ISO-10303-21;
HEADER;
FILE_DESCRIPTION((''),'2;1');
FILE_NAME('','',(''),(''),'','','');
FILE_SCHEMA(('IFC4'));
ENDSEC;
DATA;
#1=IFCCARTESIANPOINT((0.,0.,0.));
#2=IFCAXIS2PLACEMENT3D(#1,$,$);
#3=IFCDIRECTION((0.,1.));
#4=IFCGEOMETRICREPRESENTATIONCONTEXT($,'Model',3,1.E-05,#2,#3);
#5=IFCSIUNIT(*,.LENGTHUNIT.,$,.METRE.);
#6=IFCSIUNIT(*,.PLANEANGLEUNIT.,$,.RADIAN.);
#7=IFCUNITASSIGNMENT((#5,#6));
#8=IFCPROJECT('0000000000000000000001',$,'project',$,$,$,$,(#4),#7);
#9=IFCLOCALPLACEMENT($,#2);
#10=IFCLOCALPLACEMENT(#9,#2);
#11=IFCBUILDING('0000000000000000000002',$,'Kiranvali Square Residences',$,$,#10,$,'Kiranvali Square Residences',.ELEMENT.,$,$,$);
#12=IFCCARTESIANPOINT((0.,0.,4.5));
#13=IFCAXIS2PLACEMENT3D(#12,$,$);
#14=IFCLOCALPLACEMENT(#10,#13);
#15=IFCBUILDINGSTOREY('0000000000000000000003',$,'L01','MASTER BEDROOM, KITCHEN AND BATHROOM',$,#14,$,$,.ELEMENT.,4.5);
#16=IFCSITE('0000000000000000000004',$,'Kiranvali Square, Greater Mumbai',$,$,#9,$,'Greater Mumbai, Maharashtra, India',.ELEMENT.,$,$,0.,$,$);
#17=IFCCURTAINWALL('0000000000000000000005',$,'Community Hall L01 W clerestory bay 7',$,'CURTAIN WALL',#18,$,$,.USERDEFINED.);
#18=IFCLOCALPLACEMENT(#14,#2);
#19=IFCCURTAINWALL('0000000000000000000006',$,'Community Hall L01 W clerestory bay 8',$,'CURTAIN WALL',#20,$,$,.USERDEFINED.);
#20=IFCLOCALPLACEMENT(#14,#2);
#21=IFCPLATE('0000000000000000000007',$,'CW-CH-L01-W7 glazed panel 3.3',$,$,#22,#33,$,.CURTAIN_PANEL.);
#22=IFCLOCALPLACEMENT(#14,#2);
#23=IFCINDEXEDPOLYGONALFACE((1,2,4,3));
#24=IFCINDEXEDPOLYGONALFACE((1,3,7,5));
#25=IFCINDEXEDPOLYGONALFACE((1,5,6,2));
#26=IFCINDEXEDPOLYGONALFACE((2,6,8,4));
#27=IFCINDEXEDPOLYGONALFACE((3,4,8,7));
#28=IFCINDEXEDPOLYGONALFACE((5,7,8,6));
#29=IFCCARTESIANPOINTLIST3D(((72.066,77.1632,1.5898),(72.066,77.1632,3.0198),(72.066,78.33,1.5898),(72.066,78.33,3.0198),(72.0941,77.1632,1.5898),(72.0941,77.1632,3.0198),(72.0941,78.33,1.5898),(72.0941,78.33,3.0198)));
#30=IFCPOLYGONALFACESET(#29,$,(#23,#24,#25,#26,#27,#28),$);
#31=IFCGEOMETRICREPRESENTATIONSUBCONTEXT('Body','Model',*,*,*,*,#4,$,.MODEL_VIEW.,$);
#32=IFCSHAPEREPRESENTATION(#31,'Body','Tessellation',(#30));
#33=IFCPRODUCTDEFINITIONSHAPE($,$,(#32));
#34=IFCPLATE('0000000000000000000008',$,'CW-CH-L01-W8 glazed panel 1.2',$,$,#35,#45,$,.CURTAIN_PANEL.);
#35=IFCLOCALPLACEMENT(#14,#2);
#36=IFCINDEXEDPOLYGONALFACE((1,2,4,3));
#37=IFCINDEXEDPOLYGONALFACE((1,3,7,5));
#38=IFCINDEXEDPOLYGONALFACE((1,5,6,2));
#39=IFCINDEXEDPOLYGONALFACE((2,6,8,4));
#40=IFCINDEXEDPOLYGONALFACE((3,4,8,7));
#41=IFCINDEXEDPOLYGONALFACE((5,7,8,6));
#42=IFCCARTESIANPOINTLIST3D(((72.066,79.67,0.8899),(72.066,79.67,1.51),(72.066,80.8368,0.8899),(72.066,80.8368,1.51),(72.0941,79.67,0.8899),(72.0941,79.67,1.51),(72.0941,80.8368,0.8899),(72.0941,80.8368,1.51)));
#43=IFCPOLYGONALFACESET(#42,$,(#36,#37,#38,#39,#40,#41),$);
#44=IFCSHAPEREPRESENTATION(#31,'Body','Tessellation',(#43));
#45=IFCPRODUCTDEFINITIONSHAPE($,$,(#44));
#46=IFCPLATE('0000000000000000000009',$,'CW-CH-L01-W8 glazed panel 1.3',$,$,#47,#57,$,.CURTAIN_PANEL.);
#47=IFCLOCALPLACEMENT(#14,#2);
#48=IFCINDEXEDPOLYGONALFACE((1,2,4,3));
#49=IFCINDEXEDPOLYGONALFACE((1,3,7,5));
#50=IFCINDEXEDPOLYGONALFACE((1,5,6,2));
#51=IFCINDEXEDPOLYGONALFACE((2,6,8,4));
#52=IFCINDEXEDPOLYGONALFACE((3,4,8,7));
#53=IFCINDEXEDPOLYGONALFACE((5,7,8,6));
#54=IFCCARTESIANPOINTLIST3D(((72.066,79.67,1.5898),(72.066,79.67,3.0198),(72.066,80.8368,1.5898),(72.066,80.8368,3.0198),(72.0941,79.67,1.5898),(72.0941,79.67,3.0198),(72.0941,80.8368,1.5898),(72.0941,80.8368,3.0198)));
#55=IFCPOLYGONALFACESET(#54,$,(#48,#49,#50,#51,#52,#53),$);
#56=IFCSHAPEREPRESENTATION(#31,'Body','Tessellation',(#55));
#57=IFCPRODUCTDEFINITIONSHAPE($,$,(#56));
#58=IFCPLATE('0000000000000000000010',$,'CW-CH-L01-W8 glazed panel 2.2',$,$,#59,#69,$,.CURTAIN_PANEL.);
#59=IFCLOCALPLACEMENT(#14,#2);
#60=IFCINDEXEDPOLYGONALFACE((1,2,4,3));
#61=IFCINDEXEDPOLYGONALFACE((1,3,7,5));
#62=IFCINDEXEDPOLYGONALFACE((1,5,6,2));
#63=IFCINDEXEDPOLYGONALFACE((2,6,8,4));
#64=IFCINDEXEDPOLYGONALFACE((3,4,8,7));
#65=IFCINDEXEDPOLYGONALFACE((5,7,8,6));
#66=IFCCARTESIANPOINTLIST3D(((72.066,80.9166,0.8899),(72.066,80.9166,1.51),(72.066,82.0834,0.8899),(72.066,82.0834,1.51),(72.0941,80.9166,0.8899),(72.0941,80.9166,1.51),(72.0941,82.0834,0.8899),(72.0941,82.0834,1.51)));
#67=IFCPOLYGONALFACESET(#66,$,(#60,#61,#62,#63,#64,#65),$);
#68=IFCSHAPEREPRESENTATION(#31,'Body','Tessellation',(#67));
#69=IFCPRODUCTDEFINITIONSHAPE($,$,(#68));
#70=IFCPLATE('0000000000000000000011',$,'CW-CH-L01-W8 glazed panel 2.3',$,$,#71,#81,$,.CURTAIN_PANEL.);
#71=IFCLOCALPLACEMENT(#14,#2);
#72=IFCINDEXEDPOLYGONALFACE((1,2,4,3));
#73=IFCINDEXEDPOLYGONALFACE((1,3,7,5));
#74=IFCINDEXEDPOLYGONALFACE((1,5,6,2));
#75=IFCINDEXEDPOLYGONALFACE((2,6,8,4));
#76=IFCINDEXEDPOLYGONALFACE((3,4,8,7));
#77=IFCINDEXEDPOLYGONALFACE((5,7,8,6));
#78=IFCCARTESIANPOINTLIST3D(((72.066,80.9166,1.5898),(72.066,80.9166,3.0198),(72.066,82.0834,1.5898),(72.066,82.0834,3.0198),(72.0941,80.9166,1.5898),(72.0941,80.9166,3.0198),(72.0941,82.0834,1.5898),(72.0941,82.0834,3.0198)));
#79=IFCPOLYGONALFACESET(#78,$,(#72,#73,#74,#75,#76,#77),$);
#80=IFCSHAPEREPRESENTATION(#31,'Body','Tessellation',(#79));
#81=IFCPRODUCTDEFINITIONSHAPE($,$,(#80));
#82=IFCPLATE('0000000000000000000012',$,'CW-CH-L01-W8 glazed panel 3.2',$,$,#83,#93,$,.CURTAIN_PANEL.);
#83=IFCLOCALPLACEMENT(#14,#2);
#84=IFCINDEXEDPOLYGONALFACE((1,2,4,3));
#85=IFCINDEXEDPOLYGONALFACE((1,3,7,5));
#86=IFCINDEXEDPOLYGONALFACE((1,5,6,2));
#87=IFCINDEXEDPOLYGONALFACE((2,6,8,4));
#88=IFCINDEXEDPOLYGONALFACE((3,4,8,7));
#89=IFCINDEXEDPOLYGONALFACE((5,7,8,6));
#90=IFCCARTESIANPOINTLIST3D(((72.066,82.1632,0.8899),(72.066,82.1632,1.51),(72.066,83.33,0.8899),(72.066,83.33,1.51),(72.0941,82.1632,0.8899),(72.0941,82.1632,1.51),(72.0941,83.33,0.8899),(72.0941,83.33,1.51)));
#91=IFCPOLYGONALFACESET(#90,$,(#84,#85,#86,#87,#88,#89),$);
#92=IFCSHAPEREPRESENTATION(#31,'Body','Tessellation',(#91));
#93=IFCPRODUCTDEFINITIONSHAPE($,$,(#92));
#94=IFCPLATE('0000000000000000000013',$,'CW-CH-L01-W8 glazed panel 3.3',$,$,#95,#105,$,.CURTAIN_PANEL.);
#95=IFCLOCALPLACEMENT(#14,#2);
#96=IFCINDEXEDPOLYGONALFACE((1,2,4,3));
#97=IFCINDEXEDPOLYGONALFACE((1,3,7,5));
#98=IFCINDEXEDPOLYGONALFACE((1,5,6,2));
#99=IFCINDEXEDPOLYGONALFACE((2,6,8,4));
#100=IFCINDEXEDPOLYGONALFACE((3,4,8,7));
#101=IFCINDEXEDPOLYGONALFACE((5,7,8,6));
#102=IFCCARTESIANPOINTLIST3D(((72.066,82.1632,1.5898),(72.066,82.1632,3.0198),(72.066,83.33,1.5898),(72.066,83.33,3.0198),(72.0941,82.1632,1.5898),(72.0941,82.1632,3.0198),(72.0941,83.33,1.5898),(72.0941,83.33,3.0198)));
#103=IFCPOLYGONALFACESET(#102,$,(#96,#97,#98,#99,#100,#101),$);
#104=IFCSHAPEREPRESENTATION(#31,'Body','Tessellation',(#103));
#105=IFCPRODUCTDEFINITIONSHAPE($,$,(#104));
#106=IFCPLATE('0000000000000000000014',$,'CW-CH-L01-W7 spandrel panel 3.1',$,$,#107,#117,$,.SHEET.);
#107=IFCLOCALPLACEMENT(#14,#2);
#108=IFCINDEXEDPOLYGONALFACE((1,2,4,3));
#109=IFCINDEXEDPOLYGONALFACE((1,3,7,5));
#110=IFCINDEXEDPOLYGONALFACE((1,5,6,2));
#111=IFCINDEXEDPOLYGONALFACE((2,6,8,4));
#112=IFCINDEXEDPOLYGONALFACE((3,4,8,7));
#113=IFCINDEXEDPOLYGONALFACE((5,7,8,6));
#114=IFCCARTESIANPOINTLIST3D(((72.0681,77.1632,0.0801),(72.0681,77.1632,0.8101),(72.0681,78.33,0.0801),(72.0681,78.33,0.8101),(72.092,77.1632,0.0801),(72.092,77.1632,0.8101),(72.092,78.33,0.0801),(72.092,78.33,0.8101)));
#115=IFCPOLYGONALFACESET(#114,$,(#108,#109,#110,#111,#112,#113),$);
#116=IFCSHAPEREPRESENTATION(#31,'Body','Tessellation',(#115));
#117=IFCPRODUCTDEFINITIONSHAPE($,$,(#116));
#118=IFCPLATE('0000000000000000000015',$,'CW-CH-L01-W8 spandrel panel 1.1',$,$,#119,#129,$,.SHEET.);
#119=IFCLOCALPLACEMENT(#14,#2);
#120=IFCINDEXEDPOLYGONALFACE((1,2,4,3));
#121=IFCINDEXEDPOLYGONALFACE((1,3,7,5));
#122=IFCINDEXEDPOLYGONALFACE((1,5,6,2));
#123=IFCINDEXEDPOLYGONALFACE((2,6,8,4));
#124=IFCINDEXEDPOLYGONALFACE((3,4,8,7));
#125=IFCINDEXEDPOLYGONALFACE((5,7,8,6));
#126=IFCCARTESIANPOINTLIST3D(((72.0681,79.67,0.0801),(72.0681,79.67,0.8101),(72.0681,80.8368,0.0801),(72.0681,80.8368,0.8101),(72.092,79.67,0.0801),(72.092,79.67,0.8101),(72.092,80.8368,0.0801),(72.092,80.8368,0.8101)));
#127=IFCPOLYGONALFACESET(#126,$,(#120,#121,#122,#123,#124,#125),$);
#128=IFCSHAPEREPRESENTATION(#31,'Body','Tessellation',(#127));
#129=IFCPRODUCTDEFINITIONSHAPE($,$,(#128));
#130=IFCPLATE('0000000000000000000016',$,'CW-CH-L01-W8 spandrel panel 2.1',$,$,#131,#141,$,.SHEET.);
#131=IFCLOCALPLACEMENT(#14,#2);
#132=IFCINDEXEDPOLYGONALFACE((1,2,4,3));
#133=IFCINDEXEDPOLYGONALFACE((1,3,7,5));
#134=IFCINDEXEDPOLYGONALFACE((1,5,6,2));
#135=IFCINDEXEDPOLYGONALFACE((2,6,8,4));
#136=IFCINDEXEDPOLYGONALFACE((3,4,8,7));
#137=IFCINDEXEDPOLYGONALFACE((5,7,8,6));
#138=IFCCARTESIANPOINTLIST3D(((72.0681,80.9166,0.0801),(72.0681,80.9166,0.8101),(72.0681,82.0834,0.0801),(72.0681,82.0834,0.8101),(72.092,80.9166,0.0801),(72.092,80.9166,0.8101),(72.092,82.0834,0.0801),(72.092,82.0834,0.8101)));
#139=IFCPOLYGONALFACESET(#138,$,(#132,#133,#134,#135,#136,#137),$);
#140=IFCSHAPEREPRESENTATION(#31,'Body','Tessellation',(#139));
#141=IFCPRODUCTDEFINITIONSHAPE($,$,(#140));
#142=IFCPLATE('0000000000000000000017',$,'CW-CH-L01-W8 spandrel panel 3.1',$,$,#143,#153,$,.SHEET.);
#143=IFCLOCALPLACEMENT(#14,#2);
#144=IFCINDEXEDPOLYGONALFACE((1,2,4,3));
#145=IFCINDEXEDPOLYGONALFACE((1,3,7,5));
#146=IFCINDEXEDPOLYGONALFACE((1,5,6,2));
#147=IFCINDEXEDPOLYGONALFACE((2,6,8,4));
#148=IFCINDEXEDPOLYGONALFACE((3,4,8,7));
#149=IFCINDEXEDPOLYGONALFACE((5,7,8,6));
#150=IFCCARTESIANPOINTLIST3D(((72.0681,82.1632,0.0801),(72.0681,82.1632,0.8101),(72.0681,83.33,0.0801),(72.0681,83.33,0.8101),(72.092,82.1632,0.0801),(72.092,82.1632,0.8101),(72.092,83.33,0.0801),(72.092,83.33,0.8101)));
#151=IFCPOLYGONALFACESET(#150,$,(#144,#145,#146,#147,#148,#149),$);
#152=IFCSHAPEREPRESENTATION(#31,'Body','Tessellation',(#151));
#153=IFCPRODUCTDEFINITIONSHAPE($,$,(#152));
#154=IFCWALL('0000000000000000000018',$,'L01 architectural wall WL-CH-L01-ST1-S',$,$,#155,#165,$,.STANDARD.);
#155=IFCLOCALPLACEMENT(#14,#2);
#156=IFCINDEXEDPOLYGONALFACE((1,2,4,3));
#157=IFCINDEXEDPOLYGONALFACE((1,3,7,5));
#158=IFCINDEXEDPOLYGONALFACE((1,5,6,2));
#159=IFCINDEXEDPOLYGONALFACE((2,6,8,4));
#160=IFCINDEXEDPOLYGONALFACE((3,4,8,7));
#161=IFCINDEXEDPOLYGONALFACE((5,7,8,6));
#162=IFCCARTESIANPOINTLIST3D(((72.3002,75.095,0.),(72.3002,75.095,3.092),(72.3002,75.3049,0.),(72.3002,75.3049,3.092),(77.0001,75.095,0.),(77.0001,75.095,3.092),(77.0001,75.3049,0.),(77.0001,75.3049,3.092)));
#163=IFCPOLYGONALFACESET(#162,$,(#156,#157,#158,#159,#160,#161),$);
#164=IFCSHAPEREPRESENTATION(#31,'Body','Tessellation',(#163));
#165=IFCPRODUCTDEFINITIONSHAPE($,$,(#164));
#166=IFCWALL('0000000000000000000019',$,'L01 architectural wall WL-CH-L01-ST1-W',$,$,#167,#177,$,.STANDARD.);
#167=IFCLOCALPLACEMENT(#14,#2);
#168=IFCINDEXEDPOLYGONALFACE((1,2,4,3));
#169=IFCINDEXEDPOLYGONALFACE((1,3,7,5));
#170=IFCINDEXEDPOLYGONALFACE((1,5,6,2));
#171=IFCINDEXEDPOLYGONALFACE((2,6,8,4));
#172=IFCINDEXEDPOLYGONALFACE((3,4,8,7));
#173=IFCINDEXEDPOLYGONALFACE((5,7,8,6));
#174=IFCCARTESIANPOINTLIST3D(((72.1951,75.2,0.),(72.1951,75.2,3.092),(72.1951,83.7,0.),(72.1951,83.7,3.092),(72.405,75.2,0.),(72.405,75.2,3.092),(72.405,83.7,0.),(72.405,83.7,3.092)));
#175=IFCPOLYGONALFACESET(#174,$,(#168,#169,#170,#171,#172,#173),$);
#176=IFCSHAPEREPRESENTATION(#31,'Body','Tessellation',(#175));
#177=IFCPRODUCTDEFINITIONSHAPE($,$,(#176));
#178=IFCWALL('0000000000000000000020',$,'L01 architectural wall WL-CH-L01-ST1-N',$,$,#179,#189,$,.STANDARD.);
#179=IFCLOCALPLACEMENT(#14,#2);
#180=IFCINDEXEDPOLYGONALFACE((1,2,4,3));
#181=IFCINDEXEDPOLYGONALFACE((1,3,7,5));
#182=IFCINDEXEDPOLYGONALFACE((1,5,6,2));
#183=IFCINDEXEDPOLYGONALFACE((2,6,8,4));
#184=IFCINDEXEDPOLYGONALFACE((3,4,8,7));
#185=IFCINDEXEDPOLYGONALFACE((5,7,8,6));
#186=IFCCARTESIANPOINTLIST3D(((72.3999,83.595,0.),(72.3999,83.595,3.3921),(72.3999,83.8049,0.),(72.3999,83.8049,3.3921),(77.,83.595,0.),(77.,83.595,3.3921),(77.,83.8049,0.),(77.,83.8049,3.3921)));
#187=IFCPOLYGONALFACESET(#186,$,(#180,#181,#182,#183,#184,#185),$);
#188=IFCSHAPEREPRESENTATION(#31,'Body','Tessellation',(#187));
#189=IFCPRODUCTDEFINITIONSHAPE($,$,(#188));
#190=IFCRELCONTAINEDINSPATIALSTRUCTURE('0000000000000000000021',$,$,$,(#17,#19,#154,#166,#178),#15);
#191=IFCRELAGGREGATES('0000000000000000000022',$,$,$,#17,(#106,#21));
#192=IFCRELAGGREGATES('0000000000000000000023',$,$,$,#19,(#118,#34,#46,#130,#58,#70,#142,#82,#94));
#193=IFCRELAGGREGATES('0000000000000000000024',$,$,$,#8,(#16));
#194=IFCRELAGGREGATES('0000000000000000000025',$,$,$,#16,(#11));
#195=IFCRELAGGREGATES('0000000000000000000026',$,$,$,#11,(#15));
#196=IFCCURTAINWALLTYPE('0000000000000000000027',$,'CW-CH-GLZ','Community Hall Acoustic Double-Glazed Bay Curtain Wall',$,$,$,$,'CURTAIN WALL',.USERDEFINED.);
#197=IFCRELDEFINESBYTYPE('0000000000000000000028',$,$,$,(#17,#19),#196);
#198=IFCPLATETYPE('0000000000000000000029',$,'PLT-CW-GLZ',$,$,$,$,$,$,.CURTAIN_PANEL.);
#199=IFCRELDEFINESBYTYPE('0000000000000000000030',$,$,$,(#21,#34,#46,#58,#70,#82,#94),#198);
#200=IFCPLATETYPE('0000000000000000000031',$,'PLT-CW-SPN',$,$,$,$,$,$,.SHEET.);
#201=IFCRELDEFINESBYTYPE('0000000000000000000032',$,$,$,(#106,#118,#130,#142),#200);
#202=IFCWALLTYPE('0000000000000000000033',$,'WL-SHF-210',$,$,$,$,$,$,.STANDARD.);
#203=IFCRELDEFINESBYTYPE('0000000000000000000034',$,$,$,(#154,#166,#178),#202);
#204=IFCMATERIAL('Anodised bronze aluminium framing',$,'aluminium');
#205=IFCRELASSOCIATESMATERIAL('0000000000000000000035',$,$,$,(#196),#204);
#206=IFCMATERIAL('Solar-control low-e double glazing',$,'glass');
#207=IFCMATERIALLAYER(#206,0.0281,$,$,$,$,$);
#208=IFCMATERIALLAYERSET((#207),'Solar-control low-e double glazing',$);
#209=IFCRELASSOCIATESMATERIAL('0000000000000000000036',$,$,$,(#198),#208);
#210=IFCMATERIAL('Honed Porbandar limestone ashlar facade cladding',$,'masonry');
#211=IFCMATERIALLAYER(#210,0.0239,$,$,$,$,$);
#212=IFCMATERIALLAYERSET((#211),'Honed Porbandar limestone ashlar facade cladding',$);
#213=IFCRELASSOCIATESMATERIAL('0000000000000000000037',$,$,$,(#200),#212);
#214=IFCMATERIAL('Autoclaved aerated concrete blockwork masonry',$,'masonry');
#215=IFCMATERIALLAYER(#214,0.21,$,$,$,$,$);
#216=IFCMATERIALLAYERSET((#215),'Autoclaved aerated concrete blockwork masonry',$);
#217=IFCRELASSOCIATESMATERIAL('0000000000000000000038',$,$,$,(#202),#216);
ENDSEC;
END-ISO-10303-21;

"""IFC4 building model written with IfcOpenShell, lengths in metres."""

from ifc_helpers import new_model, si_unit, direction, frame, frame_2d, origin, origin_2d, place, context, subcontext, project, spatial, rectangle, extrude, material, layer, layer_set, type_object, element, aggregate, save


model = new_model("IFC4")

# Units and contexts
model_context = context("Model", 3, precision=1e-05, world=origin(), true_north=direction((0.0, 1.0)))
body_context = subcontext(model_context, "Body", "Model", "MODEL_VIEW")
ifc_project = project(units=[si_unit("LENGTHUNIT", "METRE"), si_unit("PLANEANGLEUNIT", "RADIAN")], contexts=[model_context])

# Site, building, storey
site_placement = place(None, origin())
site = spatial("IfcSite", under=ifc_project, at=site_placement, Name="Kiranvali Square, Greater Mumbai", LongName="Greater Mumbai, Maharashtra, India", CompositionType="ELEMENT", RefElevation=0.0)
building_placement = place(site_placement, origin())
building = spatial("IfcBuilding", under=site, at=building_placement, Name="Kiranvali Square Residences", LongName="Kiranvali Square Residences", CompositionType="ELEMENT")
storey_placement = place(building_placement, frame((0.0, 0.0, 4.5)))
storey = spatial("IfcBuildingStorey", under=building, at=storey_placement, Name="L01", Description="MASTER BEDROOM, KITCHEN AND BATHROOM", CompositionType="ELEMENT", Elevation=4.5)

# Curtain walls
ifc_material_1 = material(Name="Anodised bronze aluminium framing", Category="aluminium")
curtain_wall_type = type_object("IfcCurtainWallType", Name="CW-CH-GLZ", Description="Community Hall Acoustic Double-Glazed Bay Curtain Wall", ElementType="CURTAIN WALL", PredefinedType="USERDEFINED", material=ifc_material_1)
curtain_wall_1_placement = place(storey_placement, origin())
curtain_wall_1 = element("IfcCurtainWall", 1, at=curtain_wall_1_placement, inside=storey, type_object=curtain_wall_type, Name="Community Hall L01 W clerestory bay 7", ObjectType="CURTAIN WALL", PredefinedType="USERDEFINED")
curtain_wall_2_placement = place(storey_placement, origin())
curtain_wall_2 = element("IfcCurtainWall", 2, at=curtain_wall_2_placement, inside=storey, type_object=curtain_wall_type, Name="Community Hall L01 W clerestory bay 8", ObjectType="CURTAIN WALL", PredefinedType="USERDEFINED")

# Plates
ifc_material_2 = material(Name="Solar-control low-e double glazing", Category="glass")
ifc_layer_1 = layer(ifc_material_2, 0.0281)
ifc_layer_set_1 = layer_set([ifc_layer_1], Name="Solar-control low-e double glazing")
plate_type_1 = type_object("IfcPlateType", Name="PLT-CW-GLZ", PredefinedType="CURTAIN_PANEL", material=ifc_layer_set_1)
plate_1_placement = place(storey_placement, frame((72.0801, 77.7466, 1.5898), z_axis=(0.0, 0.0, 1.0), x_axis=(0.0, 1.0, 0.0)))
plate_1 = element("IfcPlate", 3, at=plate_1_placement, type_object=plate_type_1, Name="CW-CH-L01-W7 glazed panel 3.3", PredefinedType="CURTAIN_PANEL", context=body_context, shape_type="SweptSolid", body=[
    extrude(rectangle(XDim=1.1667, YDim=0.0281, at=origin_2d()), origin(), (0.0, 0.0, 1.0), 1.4299),
])
plate_2_placement = place(storey_placement, frame((72.0801, 80.2534, 0.8899), z_axis=(0.0, 0.0, 1.0), x_axis=(0.0, 1.0, 0.0)))
plate_2 = element("IfcPlate", 4, at=plate_2_placement, type_object=plate_type_1, Name="CW-CH-L01-W8 glazed panel 1.2", PredefinedType="CURTAIN_PANEL", context=body_context, shape_type="SweptSolid", body=[
    extrude(rectangle(XDim=1.1667, YDim=0.0281, at=origin_2d()), origin(), (0.0, 0.0, 1.0), 0.6201),
])
plate_3_placement = place(storey_placement, frame((72.0801, 80.2534, 1.5898), z_axis=(0.0, 0.0, 1.0), x_axis=(0.0, 1.0, 0.0)))
plate_3 = element("IfcPlate", 5, at=plate_3_placement, type_object=plate_type_1, Name="CW-CH-L01-W8 glazed panel 1.3", PredefinedType="CURTAIN_PANEL", context=body_context, shape_type="SweptSolid", body=[
    extrude(rectangle(XDim=1.1667, YDim=0.0281, at=origin_2d()), origin(), (0.0, 0.0, 1.0), 1.4299),
])
plate_4_placement = place(storey_placement, frame((72.0801, 81.5, 0.8899), z_axis=(0.0, 0.0, 1.0), x_axis=(0.0, 1.0, 0.0)))
plate_4 = element("IfcPlate", 6, at=plate_4_placement, type_object=plate_type_1, Name="CW-CH-L01-W8 glazed panel 2.2", PredefinedType="CURTAIN_PANEL", context=body_context, shape_type="SweptSolid", body=[
    extrude(rectangle(XDim=1.1667, YDim=0.0281, at=origin_2d()), origin(), (0.0, 0.0, 1.0), 0.6201),
])
plate_5_placement = place(storey_placement, frame((72.0801, 81.5, 1.5898), z_axis=(0.0, 0.0, 1.0), x_axis=(0.0, 1.0, 0.0)))
plate_5 = element("IfcPlate", 7, at=plate_5_placement, type_object=plate_type_1, Name="CW-CH-L01-W8 glazed panel 2.3", PredefinedType="CURTAIN_PANEL", context=body_context, shape_type="SweptSolid", body=[
    extrude(rectangle(XDim=1.1667, YDim=0.0281, at=origin_2d()), origin(), (0.0, 0.0, 1.0), 1.4299),
])
plate_6_placement = place(storey_placement, frame((72.0801, 82.7466, 0.8899), z_axis=(0.0, 0.0, 1.0), x_axis=(0.0, 1.0, 0.0)))
plate_6 = element("IfcPlate", 8, at=plate_6_placement, type_object=plate_type_1, Name="CW-CH-L01-W8 glazed panel 3.2", PredefinedType="CURTAIN_PANEL", context=body_context, shape_type="SweptSolid", body=[
    extrude(rectangle(XDim=1.1667, YDim=0.0281, at=origin_2d()), origin(), (0.0, 0.0, 1.0), 0.6201),
])
plate_7_placement = place(storey_placement, frame((72.0801, 82.7466, 1.5898), z_axis=(0.0, 0.0, 1.0), x_axis=(0.0, 1.0, 0.0)))
plate_7 = element("IfcPlate", 9, at=plate_7_placement, type_object=plate_type_1, Name="CW-CH-L01-W8 glazed panel 3.3", PredefinedType="CURTAIN_PANEL", context=body_context, shape_type="SweptSolid", body=[
    extrude(rectangle(XDim=1.1667, YDim=0.0281, at=origin_2d()), origin(), (0.0, 0.0, 1.0), 1.4299),
])
ifc_material_3 = material(Name="Honed Porbandar limestone ashlar facade cladding", Category="masonry")
ifc_layer_2 = layer(ifc_material_3, 0.0239)
ifc_layer_set_2 = layer_set([ifc_layer_2], Name="Honed Porbandar limestone ashlar facade cladding")
plate_type_2 = type_object("IfcPlateType", Name="PLT-CW-SPN", PredefinedType="SHEET", material=ifc_layer_set_2)
plate_8_placement = place(storey_placement, frame((72.0801, 77.7466, 0.0801), z_axis=(0.0, 0.0, 1.0), x_axis=(0.0, 1.0, 0.0)))
plate_8 = element("IfcPlate", 10, at=plate_8_placement, type_object=plate_type_2, Name="CW-CH-L01-W7 spandrel panel 3.1", PredefinedType="SHEET", context=body_context, shape_type="SweptSolid", body=[
    extrude(rectangle(XDim=1.1667, YDim=0.0239, at=origin_2d()), origin(), (0.0, 0.0, 1.0), 0.73),
])
aggregate(curtain_wall_1, [plate_8, plate_1])
plate_9_placement = place(storey_placement, frame((72.0801, 80.2534, 0.0801), z_axis=(0.0, 0.0, 1.0), x_axis=(0.0, 1.0, 0.0)))
plate_9 = element("IfcPlate", 11, at=plate_9_placement, type_object=plate_type_2, Name="CW-CH-L01-W8 spandrel panel 1.1", PredefinedType="SHEET", context=body_context, shape_type="SweptSolid", body=[
    extrude(rectangle(XDim=1.1667, YDim=0.0239, at=origin_2d()), origin(), (0.0, 0.0, 1.0), 0.73),
])
plate_10_placement = place(storey_placement, frame((72.0801, 81.5, 0.0801), z_axis=(0.0, 0.0, 1.0), x_axis=(0.0, 1.0, 0.0)))
plate_10 = element("IfcPlate", 12, at=plate_10_placement, type_object=plate_type_2, Name="CW-CH-L01-W8 spandrel panel 2.1", PredefinedType="SHEET", context=body_context, shape_type="SweptSolid", body=[
    extrude(rectangle(XDim=1.1667, YDim=0.0239, at=origin_2d()), origin(), (0.0, 0.0, 1.0), 0.73),
])
plate_11_placement = place(storey_placement, frame((72.0801, 82.7466, 0.0801), z_axis=(0.0, 0.0, 1.0), x_axis=(0.0, 1.0, 0.0)))
plate_11 = element("IfcPlate", 13, at=plate_11_placement, type_object=plate_type_2, Name="CW-CH-L01-W8 spandrel panel 3.1", PredefinedType="SHEET", context=body_context, shape_type="SweptSolid", body=[
    extrude(rectangle(XDim=1.1667, YDim=0.0239, at=origin_2d()), origin(), (0.0, 0.0, 1.0), 0.73),
])
aggregate(curtain_wall_2, [plate_9, plate_2, plate_3, plate_10, plate_4, plate_5, plate_11, plate_6, plate_7])

# Walls
ifc_material_4 = material(Name="Autoclaved aerated concrete blockwork masonry", Category="masonry")
ifc_layer_3 = layer(ifc_material_4, 0.21)
ifc_layer_set_3 = layer_set([ifc_layer_3], Name="Autoclaved aerated concrete blockwork masonry")
wall_type = type_object("IfcWallType", Name="WL-SHF-210", PredefinedType="STANDARD", material=ifc_layer_set_3)
wall_1_placement = place(storey_placement, frame((72.3, 75.2, 0.0), z_axis=(0.0, 0.0, 1.0), x_axis=(1.0, 0.0, 0.0)))
element("IfcWall", 14, at=wall_1_placement, inside=storey, type_object=wall_type, Name="L01 architectural wall WL-CH-L01-ST1-S", PredefinedType="STANDARD", context=body_context, shape_type="SweptSolid", body=[
    extrude(rectangle(XDim=4.7, YDim=0.21, at=frame_2d((2.3501, 0.0))), origin(), (0.0, 0.0, 1.0), 3.092),
])
wall_2_placement = place(storey_placement, frame((72.3, 75.2, 0.0), z_axis=(0.0, 0.0, 1.0), x_axis=(0.0, 1.0, 0.0)))
element("IfcWall", 15, at=wall_2_placement, inside=storey, type_object=wall_type, Name="L01 architectural wall WL-CH-L01-ST1-W", PredefinedType="STANDARD", context=body_context, shape_type="SweptSolid", body=[
    extrude(rectangle(XDim=8.5, YDim=0.21, at=frame_2d((4.25, 0.0))), origin(), (0.0, 0.0, 1.0), 3.092),
])
wall_3_placement = place(storey_placement, frame((72.3999, 83.7, 0.0), z_axis=(0.0, 0.0, 1.0), x_axis=(1.0, 0.0, 0.0)))
element("IfcWall", 16, at=wall_3_placement, inside=storey, type_object=wall_type, Name="L01 architectural wall WL-CH-L01-ST1-N", PredefinedType="STANDARD", context=body_context, shape_type="SweptSolid", body=[
    extrude(rectangle(XDim=4.6001, YDim=0.21, at=frame_2d((2.3, 0.0))), origin(), (0.0, 0.0, 1.0), 3.3921),
])

save(model, "model.ifc")
